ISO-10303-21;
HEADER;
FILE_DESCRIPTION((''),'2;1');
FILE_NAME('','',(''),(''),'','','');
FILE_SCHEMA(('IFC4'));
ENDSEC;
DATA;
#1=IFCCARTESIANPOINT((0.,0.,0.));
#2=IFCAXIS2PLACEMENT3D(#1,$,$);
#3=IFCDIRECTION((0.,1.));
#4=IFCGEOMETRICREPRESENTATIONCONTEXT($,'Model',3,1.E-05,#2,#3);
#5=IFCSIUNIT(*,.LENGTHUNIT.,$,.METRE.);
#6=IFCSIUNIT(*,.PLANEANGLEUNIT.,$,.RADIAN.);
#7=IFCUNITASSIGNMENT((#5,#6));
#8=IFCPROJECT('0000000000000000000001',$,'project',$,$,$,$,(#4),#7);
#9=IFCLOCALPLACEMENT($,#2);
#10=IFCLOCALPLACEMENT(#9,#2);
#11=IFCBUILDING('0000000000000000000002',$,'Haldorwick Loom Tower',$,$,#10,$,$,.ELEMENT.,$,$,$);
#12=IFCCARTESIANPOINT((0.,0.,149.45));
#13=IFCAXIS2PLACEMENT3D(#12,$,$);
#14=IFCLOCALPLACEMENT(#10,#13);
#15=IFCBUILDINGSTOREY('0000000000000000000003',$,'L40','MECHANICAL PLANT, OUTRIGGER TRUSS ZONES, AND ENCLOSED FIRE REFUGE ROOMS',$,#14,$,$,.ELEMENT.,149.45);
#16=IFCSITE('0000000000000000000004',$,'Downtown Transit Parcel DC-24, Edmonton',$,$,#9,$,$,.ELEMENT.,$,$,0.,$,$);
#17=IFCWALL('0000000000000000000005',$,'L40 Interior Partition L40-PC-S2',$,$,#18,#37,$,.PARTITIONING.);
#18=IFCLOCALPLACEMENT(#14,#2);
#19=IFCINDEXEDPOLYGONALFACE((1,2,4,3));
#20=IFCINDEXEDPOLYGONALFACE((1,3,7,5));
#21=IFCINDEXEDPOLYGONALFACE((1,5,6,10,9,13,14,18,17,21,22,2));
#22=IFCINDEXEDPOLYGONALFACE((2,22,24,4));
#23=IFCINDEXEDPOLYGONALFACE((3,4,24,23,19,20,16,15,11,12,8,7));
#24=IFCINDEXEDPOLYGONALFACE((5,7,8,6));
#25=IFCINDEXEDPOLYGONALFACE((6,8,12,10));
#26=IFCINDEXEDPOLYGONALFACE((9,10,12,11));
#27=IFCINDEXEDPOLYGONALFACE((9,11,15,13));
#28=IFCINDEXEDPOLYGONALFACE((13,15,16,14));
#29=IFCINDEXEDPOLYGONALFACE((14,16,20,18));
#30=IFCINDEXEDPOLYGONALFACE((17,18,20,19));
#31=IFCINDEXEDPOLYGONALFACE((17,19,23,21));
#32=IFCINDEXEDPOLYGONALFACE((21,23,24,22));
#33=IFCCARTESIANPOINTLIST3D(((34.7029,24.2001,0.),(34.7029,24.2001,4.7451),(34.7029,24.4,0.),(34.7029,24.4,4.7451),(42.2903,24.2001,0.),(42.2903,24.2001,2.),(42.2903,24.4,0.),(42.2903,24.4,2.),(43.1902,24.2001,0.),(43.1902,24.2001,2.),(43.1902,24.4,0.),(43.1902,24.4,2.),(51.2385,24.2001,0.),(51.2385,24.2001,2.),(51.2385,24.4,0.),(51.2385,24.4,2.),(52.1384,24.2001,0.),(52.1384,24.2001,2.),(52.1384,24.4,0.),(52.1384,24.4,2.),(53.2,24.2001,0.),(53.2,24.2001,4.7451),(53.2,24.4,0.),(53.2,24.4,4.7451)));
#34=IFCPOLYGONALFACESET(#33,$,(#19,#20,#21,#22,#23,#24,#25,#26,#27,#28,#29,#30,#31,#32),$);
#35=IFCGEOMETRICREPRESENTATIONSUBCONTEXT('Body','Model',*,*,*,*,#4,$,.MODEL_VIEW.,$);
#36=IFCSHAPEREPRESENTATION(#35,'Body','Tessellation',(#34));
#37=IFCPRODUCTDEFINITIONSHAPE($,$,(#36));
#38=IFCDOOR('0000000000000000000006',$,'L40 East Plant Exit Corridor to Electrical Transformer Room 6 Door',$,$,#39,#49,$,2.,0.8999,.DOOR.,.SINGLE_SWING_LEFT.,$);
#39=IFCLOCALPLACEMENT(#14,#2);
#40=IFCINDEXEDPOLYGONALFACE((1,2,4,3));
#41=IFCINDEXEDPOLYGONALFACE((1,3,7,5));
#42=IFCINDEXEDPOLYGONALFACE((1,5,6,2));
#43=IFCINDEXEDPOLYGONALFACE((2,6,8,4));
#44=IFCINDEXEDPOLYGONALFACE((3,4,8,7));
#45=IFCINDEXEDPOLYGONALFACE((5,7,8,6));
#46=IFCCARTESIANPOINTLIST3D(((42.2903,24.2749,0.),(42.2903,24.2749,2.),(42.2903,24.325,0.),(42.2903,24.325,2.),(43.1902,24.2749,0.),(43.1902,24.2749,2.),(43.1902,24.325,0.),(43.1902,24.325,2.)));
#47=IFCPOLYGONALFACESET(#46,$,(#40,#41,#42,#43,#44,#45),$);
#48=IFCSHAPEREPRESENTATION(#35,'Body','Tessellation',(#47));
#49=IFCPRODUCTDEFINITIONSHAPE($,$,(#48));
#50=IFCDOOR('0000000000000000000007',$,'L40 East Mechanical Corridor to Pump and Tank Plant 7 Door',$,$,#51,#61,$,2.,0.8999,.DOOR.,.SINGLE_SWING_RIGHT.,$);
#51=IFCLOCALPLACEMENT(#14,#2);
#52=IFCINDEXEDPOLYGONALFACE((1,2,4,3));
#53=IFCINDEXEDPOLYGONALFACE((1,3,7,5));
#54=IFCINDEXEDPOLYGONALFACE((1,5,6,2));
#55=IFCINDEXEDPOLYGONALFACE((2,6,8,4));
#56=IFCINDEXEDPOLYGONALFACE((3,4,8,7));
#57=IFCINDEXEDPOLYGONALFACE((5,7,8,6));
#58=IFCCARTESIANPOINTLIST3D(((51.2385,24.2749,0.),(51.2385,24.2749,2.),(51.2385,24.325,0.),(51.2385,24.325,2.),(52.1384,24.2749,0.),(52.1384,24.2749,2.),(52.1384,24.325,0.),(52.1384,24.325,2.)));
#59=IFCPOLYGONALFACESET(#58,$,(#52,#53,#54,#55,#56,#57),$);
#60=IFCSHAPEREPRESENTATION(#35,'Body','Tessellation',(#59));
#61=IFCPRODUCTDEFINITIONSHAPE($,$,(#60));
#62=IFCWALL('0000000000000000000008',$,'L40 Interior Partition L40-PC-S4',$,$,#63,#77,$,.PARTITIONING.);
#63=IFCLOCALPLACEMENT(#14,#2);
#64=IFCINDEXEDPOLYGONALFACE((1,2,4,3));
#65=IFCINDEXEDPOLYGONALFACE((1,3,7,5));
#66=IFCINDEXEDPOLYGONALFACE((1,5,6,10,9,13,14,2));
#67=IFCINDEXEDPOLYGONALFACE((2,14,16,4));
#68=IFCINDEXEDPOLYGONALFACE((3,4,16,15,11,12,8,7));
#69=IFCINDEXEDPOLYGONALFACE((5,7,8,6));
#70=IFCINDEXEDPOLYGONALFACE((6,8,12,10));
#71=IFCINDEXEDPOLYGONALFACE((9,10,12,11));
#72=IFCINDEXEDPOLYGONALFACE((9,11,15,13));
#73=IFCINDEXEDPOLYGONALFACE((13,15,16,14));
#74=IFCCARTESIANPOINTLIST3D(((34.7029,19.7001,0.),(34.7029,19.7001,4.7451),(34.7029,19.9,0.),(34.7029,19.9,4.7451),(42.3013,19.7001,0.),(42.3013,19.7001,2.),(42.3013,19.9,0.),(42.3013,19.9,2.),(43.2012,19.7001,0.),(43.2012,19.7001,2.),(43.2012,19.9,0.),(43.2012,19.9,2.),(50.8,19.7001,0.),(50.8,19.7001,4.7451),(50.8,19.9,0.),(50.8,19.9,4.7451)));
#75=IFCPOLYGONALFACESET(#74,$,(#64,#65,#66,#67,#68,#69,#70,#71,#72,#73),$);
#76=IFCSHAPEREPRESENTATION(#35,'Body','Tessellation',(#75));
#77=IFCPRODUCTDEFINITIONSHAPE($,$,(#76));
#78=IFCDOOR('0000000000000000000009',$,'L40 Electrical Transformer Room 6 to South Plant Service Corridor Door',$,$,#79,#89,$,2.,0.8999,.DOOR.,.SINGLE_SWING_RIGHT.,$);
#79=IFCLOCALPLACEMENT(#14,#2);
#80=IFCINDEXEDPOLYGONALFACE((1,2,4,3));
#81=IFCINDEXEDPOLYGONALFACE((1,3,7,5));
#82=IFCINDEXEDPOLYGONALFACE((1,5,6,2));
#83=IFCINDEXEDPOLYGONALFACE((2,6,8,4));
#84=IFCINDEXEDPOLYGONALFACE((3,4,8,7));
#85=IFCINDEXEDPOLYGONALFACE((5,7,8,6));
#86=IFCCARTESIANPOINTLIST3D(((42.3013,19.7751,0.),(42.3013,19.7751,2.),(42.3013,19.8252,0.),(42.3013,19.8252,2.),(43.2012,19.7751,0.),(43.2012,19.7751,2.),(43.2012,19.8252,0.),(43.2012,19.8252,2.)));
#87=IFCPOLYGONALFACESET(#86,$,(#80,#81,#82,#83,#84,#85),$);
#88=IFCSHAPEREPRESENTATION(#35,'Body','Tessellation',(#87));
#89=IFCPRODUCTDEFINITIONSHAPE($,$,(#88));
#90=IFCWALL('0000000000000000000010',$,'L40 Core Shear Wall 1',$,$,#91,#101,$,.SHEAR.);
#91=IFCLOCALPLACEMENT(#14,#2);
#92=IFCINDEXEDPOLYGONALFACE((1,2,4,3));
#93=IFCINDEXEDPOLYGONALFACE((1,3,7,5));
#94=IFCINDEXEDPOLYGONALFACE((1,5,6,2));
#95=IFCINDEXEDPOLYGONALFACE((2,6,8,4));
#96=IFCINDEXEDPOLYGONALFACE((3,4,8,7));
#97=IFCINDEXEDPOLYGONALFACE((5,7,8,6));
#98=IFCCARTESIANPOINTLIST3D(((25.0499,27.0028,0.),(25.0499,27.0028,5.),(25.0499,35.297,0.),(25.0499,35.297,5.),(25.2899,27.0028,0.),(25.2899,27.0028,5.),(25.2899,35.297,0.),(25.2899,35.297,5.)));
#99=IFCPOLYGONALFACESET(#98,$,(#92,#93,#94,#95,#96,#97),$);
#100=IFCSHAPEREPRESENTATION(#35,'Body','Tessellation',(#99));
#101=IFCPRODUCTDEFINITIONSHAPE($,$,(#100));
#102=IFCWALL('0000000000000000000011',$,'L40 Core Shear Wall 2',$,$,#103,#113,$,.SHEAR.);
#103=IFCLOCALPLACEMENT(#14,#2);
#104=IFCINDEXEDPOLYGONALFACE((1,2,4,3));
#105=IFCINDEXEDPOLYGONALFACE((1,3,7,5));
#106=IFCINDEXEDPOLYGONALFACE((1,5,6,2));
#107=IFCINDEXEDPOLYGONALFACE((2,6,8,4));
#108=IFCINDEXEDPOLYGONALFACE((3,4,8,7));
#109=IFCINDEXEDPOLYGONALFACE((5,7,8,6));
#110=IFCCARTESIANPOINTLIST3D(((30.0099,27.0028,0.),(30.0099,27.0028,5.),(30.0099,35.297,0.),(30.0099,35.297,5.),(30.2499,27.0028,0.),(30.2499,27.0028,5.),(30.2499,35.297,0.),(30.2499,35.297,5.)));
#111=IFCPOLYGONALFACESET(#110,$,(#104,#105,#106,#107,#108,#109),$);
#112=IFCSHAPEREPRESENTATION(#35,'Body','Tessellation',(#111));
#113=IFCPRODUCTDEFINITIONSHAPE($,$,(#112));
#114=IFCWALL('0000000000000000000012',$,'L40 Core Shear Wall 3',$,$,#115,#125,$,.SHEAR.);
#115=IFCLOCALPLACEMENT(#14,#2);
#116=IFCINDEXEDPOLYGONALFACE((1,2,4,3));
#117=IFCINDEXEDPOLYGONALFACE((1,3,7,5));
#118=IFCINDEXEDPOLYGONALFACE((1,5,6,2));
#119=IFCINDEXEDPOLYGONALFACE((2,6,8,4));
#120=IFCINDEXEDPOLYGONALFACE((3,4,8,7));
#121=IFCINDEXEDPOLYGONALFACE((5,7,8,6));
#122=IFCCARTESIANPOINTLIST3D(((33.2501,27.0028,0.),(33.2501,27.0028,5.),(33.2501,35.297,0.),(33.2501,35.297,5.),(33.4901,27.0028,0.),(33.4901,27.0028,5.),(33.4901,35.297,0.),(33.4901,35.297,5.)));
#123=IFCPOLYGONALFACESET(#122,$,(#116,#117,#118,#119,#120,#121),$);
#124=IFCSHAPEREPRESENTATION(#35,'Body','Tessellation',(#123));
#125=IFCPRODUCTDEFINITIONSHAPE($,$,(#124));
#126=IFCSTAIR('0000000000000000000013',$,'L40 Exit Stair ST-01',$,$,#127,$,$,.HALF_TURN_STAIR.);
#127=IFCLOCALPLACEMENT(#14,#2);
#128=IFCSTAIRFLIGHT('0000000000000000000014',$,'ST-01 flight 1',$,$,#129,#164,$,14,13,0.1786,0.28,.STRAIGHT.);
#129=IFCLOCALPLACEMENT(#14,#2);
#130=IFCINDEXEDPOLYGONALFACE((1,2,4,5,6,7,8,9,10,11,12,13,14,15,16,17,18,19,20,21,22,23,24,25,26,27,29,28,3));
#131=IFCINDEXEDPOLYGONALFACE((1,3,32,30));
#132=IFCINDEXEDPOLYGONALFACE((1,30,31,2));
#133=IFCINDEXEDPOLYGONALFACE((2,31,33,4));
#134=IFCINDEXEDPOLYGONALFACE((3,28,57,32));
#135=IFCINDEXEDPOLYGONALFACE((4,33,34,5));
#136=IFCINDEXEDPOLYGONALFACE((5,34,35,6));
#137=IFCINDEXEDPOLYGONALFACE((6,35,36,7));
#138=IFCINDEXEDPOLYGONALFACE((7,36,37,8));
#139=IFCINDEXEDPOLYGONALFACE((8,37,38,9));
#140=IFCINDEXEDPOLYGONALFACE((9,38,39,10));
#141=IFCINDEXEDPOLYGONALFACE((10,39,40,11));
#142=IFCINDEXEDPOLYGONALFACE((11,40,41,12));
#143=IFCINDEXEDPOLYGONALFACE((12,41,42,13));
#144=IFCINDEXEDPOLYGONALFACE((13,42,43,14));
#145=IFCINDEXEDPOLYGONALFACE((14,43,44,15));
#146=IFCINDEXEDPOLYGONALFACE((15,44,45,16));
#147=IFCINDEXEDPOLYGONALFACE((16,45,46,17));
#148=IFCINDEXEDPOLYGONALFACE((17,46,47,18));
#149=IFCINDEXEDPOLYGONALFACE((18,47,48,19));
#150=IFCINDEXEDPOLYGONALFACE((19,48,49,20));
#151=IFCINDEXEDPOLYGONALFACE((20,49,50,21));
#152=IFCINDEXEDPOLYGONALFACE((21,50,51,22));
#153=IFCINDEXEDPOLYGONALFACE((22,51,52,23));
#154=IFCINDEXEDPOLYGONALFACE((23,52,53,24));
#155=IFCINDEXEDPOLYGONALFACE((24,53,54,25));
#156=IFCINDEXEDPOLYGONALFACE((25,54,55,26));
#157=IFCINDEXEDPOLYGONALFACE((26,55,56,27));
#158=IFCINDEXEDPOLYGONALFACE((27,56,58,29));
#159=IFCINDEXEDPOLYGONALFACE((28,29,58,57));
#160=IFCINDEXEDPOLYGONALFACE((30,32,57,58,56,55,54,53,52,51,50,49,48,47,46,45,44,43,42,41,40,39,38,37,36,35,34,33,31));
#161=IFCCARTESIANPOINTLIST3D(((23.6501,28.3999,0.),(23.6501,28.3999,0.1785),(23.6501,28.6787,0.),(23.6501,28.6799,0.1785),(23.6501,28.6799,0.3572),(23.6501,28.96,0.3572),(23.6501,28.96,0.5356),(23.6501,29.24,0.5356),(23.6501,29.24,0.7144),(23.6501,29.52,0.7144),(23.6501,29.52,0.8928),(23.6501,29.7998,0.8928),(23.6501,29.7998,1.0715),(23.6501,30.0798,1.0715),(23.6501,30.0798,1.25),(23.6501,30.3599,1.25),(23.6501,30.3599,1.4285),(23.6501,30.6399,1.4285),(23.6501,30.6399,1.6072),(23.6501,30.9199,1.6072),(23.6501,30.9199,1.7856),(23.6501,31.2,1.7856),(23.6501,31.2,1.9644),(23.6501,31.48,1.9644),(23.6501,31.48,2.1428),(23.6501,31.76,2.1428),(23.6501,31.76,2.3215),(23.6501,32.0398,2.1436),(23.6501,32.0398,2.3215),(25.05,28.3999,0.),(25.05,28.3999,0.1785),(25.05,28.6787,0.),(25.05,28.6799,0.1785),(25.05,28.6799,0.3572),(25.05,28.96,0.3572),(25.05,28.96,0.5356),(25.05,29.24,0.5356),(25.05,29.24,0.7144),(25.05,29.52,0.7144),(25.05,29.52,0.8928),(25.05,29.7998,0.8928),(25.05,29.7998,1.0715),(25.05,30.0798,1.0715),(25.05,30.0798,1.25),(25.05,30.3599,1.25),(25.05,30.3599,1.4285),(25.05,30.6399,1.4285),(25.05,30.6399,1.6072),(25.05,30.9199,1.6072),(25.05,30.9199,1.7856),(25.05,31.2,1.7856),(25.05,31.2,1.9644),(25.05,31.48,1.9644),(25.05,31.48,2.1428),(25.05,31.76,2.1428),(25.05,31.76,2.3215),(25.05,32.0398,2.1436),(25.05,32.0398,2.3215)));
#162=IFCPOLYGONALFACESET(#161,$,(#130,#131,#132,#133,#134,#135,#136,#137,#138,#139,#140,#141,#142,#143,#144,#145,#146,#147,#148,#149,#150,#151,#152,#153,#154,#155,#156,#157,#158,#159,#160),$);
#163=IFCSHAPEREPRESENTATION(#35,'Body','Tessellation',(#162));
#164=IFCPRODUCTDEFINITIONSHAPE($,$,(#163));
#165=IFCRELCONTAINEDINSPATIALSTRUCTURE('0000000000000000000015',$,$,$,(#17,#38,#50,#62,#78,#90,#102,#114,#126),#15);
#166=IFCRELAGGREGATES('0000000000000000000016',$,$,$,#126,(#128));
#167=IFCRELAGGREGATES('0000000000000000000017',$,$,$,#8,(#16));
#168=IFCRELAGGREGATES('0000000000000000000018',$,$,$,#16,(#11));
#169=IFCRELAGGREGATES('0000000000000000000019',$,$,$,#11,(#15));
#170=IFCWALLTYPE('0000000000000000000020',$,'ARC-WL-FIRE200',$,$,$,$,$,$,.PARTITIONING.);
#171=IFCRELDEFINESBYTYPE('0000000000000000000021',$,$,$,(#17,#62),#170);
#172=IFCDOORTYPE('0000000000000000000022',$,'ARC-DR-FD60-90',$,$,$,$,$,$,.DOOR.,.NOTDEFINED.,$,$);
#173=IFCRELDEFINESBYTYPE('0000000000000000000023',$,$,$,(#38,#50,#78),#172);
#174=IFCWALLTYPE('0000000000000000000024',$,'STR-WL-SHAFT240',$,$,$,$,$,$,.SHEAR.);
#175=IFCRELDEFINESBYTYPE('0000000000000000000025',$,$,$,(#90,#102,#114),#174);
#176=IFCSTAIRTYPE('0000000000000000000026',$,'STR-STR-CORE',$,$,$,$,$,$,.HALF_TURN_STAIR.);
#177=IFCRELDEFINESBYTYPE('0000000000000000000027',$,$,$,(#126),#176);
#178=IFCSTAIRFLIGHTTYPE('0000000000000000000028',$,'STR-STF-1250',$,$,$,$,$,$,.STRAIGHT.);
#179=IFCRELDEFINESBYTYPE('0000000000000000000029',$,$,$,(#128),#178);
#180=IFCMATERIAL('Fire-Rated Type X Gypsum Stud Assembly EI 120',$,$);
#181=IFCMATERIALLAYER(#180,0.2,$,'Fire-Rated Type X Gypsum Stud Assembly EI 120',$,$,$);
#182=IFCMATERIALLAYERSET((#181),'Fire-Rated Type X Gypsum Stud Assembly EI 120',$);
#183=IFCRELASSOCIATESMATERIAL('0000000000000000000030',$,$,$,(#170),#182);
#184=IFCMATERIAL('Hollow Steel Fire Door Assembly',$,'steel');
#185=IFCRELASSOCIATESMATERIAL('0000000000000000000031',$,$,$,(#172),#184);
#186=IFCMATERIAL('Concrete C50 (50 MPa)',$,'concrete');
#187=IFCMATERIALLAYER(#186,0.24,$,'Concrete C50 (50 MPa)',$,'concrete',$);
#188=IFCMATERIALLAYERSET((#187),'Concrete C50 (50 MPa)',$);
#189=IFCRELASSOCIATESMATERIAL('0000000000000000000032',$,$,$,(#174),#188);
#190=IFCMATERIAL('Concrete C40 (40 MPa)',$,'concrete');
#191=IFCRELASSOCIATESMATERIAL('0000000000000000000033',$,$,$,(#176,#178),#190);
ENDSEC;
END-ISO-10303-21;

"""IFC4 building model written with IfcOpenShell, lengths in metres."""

from ifc_helpers import new_model, si_unit, direction, frame, frame_2d, origin, place, context, subcontext, project, spatial, polyline, rectangle, outline, extrude, material, layer, layer_set, type_object, element, fill, aggregate, save


model = new_model("IFC4")

# Units and contexts
model_context = context("Model", 3, precision=1e-05, world=origin(), true_north=direction((0.0, 1.0)))
body_context = subcontext(model_context, "Body", "Model", "MODEL_VIEW")
ifc_project = project(units=[si_unit("LENGTHUNIT", "METRE"), si_unit("PLANEANGLEUNIT", "RADIAN")], contexts=[model_context])

# Site, building, storey
site_placement = place(None, origin())
site = spatial("IfcSite", under=ifc_project, at=site_placement, Name="Downtown Transit Parcel DC-24, Edmonton", CompositionType="ELEMENT", RefElevation=0.0)
building_placement = place(site_placement, origin())
building = spatial("IfcBuilding", under=site, at=building_placement, Name="Haldorwick Loom Tower", CompositionType="ELEMENT")
storey_placement = place(building_placement, frame((0.0, 0.0, 149.45)))
storey = spatial("IfcBuildingStorey", under=building, at=storey_placement, Name="L40", Description="MECHANICAL PLANT, OUTRIGGER TRUSS ZONES, AND ENCLOSED FIRE REFUGE ROOMS", CompositionType="ELEMENT", Elevation=149.45)

# Shared definitions
ifc_material_1 = material(Name="Fire-Rated Type X Gypsum Stud Assembly EI 120")
ifc_layer_1 = layer(ifc_material_1, 0.2, Name="Fire-Rated Type X Gypsum Stud Assembly EI 120")
ifc_layer_set_1 = layer_set([ifc_layer_1], Name="Fire-Rated Type X Gypsum Stud Assembly EI 120")
wall_type_1 = type_object("IfcWallType", Name="ARC-WL-FIRE200", PredefinedType="PARTITIONING", material=ifc_layer_set_1)
ifc_material_2 = material(Name="Hollow Steel Fire Door Assembly", Category="steel")
door_type_1 = type_object("IfcDoorType", Name="ARC-DR-FD60-90", OperationType="NOTDEFINED", PredefinedType="DOOR", material=ifc_material_2)

# Wall, openings, doors
wall_1_placement = place(storey_placement, frame((34.7029, 24.3, 0.0), z_axis=(0.0, 0.0, 1.0), x_axis=(1.0, 0.0, 0.0)))
wall_1 = element("IfcWall", 1, at=wall_1_placement, inside=storey, type_object=wall_type_1, Name="L40 Interior Partition L40-PC-S2", PredefinedType="PARTITIONING", context=body_context, shape_type="SweptSolid", body=[
    extrude(rectangle(XDim=18.4971, YDim=0.2, at=frame_2d((9.2485, 0.0))), origin(), (0.0, 0.0, 1.0), 4.7451),
])
opening_1_placement = place(wall_1_placement, frame((7.5874, 0.0, 0.0)))
opening_1 = element("IfcOpeningElement", 2, at=opening_1_placement, cuts=wall_1, PredefinedType="OPENING", context=body_context, shape_type="SweptSolid", body=[
    extrude(rectangle(XDim=0.8999, YDim=2.0, at=frame_2d((0.45, 1.0))), frame((0.0, 0.1099, 0.0), z_axis=(0.0, -1.0, 0.0), x_axis=(1.0, 0.0, 0.0)), (0.0, 0.0, 1.0), 0.22),
])
opening_2_placement = place(wall_1_placement, frame((16.5356, 0.0, 0.0)))
opening_2 = element("IfcOpeningElement", 3, at=opening_2_placement, cuts=wall_1, PredefinedType="OPENING", context=body_context, shape_type="SweptSolid", body=[
    extrude(rectangle(XDim=0.8999, YDim=2.0, at=frame_2d((0.45, 1.0))), frame((0.0, 0.1099, 0.0), z_axis=(0.0, -1.0, 0.0), x_axis=(1.0, 0.0, 0.0)), (0.0, 0.0, 1.0), 0.22),
])
door_1_placement = place(opening_1_placement, origin())
door_1 = element("IfcDoor", 4, at=door_1_placement, inside=storey, type_object=door_type_1, Name="L40 East Plant Exit Corridor to Electrical Transformer Room 6 Door", OperationType="SINGLE_SWING_LEFT", OverallHeight=2.0, OverallWidth=0.8999, PredefinedType="DOOR", context=body_context, shape_type="SweptSolid", body=[
    extrude(rectangle(XDim=0.8999, YDim=2.0, at=frame_2d((0.45, 1.0))), frame((0.0, 0.0249, 0.0), z_axis=(0.0, -1.0, 0.0), x_axis=(1.0, 0.0, 0.0)), (0.0, 0.0, 1.0), 0.05),
])
fill(opening_1, door_1)
door_2_placement = place(opening_2_placement, origin())
door_2 = element("IfcDoor", 5, at=door_2_placement, inside=storey, type_object=door_type_1, Name="L40 East Mechanical Corridor to Pump and Tank Plant 7 Door", OperationType="SINGLE_SWING_RIGHT", OverallHeight=2.0, OverallWidth=0.8999, PredefinedType="DOOR", context=body_context, shape_type="SweptSolid", body=[
    extrude(rectangle(XDim=0.8999, YDim=2.0, at=frame_2d((0.45, 1.0))), frame((0.0, 0.0249, 0.0), z_axis=(0.0, -1.0, 0.0), x_axis=(1.0, 0.0, 0.0)), (0.0, 0.0, 1.0), 0.05),
])
fill(opening_2, door_2)

# Wall, opening, door
wall_2_placement = place(storey_placement, frame((34.7029, 19.8, 0.0), z_axis=(0.0, 0.0, 1.0), x_axis=(1.0, 0.0, 0.0)))
wall_2 = element("IfcWall", 6, at=wall_2_placement, inside=storey, type_object=wall_type_1, Name="L40 Interior Partition L40-PC-S4", PredefinedType="PARTITIONING", context=body_context, shape_type="SweptSolid", body=[
    extrude(rectangle(XDim=16.0972, YDim=0.2, at=frame_2d((8.0486, 0.0))), origin(), (0.0, 0.0, 1.0), 4.7451),
])
opening_3_placement = place(wall_2_placement, frame((7.5984, 0.0, 0.0)))
opening_3 = element("IfcOpeningElement", 7, at=opening_3_placement, cuts=wall_2, PredefinedType="OPENING", context=body_context, shape_type="SweptSolid", body=[
    extrude(rectangle(XDim=0.8999, YDim=2.0, at=frame_2d((0.45, 1.0))), frame((0.0, 0.1099, 0.0), z_axis=(0.0, -1.0, 0.0), x_axis=(1.0, 0.0, 0.0)), (0.0, 0.0, 1.0), 0.22),
])
door_3_placement = place(opening_3_placement, frame((0.8999, 0.0, 0.0), z_axis=(0.0, 0.0, 1.0), x_axis=(-1.0, 0.0, 0.0)))
door_3 = element("IfcDoor", 8, at=door_3_placement, inside=storey, type_object=door_type_1, Name="L40 Electrical Transformer Room 6 to South Plant Service Corridor Door", OperationType="SINGLE_SWING_RIGHT", OverallHeight=2.0, OverallWidth=0.8999, PredefinedType="DOOR", context=body_context, shape_type="SweptSolid", body=[
    extrude(rectangle(XDim=0.8999, YDim=2.0, at=frame_2d((0.45, 1.0))), frame((0.0, 0.0249, 0.0), z_axis=(0.0, -1.0, 0.0), x_axis=(1.0, 0.0, 0.0)), (0.0, 0.0, 1.0), 0.05),
])
fill(opening_3, door_3)

# Walls
ifc_material_3 = material(Name="Concrete C50 (50 MPa)", Category="concrete")
ifc_layer_2 = layer(ifc_material_3, 0.24, Name="Concrete C50 (50 MPa)", Category="concrete")
ifc_layer_set_2 = layer_set([ifc_layer_2], Name="Concrete C50 (50 MPa)")
wall_type_2 = type_object("IfcWallType", Name="STR-WL-SHAFT240", PredefinedType="SHEAR", material=ifc_layer_set_2)
for number, where, z_axis, x_axis, name in (
    (9, (25.1699, 27.0029, 0.0), (0.0, 0.0, 1.0), (0.0, 1.0, 0.0), "L40 Core Shear Wall 1"),
    (10, (30.1299, 27.0029, 0.0), (0.0, 0.0, 1.0), (0.0, 1.0, 0.0), "L40 Core Shear Wall 2"),
    (11, (33.3701, 27.0029, 0.0), (0.0, 0.0, 1.0), (0.0, 1.0, 0.0), "L40 Core Shear Wall 3"),
):
    element("IfcWall", number, at=place(storey_placement, frame(where, z_axis=z_axis, x_axis=x_axis)), inside=storey, type_object=wall_type_2, Name=name, PredefinedType="SHEAR", context=body_context, shape_type="SweptSolid", body=[
        extrude(rectangle(XDim=8.2942, YDim=0.24, at=frame_2d((4.147, 0.0))), origin(), (0.0, 0.0, 1.0), 5.0),
    ])

# Stair, stair flight
ifc_material_4 = material(Name="Concrete C40 (40 MPa)", Category="concrete")
stair_type = type_object("IfcStairType", Name="STR-STR-CORE", PredefinedType="HALF_TURN_STAIR", material=ifc_material_4)
stair_placement = place(storey_placement, origin())
stair = element("IfcStair", 12, at=stair_placement, inside=storey, type_object=stair_type, Name="L40 Exit Stair ST-01", PredefinedType="HALF_TURN_STAIR")
stair_flight_type = type_object("IfcStairFlightType", Name="STR-STF-1250", PredefinedType="STRAIGHT", material=ifc_material_4)
stair_flight_placement = place(storey_placement, frame((24.3501, 28.3999, 0.0), z_axis=(0.0, 0.0, 1.0), x_axis=(0.0, 1.0, 0.0)))
stair_flight = element("IfcStairFlight", 13, at=stair_flight_placement, type_object=stair_flight_type, Name="ST-01 flight 1", NumberOfRisers=14, NumberOfTreads=13, PredefinedType="STRAIGHT", RiserHeight=0.1786, TreadLength=0.28, context=body_context, shape_type="SweptSolid", body=[
    extrude(outline(polyline([(0.0, 0.0), (0.0, 0.1785), (0.28, 0.1785), (0.28, 0.3572), (0.5601, 0.3572), (0.5601, 0.5356), (0.8401, 0.5356), (0.8401, 0.7144), (1.1201, 0.7144), (1.1201, 0.8928), (1.3999, 0.8928), (1.3999, 1.0715), (1.6799, 1.0715), (1.6799, 1.25), (1.96, 1.25), (1.96, 1.4285), (2.24, 1.4285), (2.24, 1.6072), (2.52, 1.6072), (2.52, 1.7856), (2.8, 1.7856), (2.8, 1.9644), (3.0801, 1.9644), (3.0801, 2.1428), (3.3601, 2.1428), (3.3601, 2.3215), (3.6399, 2.3215), (3.6399, 2.5), (3.6399, 2.1436), (0.2788, 0.0), (0.0, 0.0)])), frame((0.0, 0.7, 0.0), z_axis=(0.0, -1.0, 0.0), x_axis=(1.0, 0.0, 0.0)), (0.0, 0.0, 1.0), 1.3999),
])
aggregate(stair, [stair_flight])

save(model, "model.ifc")
